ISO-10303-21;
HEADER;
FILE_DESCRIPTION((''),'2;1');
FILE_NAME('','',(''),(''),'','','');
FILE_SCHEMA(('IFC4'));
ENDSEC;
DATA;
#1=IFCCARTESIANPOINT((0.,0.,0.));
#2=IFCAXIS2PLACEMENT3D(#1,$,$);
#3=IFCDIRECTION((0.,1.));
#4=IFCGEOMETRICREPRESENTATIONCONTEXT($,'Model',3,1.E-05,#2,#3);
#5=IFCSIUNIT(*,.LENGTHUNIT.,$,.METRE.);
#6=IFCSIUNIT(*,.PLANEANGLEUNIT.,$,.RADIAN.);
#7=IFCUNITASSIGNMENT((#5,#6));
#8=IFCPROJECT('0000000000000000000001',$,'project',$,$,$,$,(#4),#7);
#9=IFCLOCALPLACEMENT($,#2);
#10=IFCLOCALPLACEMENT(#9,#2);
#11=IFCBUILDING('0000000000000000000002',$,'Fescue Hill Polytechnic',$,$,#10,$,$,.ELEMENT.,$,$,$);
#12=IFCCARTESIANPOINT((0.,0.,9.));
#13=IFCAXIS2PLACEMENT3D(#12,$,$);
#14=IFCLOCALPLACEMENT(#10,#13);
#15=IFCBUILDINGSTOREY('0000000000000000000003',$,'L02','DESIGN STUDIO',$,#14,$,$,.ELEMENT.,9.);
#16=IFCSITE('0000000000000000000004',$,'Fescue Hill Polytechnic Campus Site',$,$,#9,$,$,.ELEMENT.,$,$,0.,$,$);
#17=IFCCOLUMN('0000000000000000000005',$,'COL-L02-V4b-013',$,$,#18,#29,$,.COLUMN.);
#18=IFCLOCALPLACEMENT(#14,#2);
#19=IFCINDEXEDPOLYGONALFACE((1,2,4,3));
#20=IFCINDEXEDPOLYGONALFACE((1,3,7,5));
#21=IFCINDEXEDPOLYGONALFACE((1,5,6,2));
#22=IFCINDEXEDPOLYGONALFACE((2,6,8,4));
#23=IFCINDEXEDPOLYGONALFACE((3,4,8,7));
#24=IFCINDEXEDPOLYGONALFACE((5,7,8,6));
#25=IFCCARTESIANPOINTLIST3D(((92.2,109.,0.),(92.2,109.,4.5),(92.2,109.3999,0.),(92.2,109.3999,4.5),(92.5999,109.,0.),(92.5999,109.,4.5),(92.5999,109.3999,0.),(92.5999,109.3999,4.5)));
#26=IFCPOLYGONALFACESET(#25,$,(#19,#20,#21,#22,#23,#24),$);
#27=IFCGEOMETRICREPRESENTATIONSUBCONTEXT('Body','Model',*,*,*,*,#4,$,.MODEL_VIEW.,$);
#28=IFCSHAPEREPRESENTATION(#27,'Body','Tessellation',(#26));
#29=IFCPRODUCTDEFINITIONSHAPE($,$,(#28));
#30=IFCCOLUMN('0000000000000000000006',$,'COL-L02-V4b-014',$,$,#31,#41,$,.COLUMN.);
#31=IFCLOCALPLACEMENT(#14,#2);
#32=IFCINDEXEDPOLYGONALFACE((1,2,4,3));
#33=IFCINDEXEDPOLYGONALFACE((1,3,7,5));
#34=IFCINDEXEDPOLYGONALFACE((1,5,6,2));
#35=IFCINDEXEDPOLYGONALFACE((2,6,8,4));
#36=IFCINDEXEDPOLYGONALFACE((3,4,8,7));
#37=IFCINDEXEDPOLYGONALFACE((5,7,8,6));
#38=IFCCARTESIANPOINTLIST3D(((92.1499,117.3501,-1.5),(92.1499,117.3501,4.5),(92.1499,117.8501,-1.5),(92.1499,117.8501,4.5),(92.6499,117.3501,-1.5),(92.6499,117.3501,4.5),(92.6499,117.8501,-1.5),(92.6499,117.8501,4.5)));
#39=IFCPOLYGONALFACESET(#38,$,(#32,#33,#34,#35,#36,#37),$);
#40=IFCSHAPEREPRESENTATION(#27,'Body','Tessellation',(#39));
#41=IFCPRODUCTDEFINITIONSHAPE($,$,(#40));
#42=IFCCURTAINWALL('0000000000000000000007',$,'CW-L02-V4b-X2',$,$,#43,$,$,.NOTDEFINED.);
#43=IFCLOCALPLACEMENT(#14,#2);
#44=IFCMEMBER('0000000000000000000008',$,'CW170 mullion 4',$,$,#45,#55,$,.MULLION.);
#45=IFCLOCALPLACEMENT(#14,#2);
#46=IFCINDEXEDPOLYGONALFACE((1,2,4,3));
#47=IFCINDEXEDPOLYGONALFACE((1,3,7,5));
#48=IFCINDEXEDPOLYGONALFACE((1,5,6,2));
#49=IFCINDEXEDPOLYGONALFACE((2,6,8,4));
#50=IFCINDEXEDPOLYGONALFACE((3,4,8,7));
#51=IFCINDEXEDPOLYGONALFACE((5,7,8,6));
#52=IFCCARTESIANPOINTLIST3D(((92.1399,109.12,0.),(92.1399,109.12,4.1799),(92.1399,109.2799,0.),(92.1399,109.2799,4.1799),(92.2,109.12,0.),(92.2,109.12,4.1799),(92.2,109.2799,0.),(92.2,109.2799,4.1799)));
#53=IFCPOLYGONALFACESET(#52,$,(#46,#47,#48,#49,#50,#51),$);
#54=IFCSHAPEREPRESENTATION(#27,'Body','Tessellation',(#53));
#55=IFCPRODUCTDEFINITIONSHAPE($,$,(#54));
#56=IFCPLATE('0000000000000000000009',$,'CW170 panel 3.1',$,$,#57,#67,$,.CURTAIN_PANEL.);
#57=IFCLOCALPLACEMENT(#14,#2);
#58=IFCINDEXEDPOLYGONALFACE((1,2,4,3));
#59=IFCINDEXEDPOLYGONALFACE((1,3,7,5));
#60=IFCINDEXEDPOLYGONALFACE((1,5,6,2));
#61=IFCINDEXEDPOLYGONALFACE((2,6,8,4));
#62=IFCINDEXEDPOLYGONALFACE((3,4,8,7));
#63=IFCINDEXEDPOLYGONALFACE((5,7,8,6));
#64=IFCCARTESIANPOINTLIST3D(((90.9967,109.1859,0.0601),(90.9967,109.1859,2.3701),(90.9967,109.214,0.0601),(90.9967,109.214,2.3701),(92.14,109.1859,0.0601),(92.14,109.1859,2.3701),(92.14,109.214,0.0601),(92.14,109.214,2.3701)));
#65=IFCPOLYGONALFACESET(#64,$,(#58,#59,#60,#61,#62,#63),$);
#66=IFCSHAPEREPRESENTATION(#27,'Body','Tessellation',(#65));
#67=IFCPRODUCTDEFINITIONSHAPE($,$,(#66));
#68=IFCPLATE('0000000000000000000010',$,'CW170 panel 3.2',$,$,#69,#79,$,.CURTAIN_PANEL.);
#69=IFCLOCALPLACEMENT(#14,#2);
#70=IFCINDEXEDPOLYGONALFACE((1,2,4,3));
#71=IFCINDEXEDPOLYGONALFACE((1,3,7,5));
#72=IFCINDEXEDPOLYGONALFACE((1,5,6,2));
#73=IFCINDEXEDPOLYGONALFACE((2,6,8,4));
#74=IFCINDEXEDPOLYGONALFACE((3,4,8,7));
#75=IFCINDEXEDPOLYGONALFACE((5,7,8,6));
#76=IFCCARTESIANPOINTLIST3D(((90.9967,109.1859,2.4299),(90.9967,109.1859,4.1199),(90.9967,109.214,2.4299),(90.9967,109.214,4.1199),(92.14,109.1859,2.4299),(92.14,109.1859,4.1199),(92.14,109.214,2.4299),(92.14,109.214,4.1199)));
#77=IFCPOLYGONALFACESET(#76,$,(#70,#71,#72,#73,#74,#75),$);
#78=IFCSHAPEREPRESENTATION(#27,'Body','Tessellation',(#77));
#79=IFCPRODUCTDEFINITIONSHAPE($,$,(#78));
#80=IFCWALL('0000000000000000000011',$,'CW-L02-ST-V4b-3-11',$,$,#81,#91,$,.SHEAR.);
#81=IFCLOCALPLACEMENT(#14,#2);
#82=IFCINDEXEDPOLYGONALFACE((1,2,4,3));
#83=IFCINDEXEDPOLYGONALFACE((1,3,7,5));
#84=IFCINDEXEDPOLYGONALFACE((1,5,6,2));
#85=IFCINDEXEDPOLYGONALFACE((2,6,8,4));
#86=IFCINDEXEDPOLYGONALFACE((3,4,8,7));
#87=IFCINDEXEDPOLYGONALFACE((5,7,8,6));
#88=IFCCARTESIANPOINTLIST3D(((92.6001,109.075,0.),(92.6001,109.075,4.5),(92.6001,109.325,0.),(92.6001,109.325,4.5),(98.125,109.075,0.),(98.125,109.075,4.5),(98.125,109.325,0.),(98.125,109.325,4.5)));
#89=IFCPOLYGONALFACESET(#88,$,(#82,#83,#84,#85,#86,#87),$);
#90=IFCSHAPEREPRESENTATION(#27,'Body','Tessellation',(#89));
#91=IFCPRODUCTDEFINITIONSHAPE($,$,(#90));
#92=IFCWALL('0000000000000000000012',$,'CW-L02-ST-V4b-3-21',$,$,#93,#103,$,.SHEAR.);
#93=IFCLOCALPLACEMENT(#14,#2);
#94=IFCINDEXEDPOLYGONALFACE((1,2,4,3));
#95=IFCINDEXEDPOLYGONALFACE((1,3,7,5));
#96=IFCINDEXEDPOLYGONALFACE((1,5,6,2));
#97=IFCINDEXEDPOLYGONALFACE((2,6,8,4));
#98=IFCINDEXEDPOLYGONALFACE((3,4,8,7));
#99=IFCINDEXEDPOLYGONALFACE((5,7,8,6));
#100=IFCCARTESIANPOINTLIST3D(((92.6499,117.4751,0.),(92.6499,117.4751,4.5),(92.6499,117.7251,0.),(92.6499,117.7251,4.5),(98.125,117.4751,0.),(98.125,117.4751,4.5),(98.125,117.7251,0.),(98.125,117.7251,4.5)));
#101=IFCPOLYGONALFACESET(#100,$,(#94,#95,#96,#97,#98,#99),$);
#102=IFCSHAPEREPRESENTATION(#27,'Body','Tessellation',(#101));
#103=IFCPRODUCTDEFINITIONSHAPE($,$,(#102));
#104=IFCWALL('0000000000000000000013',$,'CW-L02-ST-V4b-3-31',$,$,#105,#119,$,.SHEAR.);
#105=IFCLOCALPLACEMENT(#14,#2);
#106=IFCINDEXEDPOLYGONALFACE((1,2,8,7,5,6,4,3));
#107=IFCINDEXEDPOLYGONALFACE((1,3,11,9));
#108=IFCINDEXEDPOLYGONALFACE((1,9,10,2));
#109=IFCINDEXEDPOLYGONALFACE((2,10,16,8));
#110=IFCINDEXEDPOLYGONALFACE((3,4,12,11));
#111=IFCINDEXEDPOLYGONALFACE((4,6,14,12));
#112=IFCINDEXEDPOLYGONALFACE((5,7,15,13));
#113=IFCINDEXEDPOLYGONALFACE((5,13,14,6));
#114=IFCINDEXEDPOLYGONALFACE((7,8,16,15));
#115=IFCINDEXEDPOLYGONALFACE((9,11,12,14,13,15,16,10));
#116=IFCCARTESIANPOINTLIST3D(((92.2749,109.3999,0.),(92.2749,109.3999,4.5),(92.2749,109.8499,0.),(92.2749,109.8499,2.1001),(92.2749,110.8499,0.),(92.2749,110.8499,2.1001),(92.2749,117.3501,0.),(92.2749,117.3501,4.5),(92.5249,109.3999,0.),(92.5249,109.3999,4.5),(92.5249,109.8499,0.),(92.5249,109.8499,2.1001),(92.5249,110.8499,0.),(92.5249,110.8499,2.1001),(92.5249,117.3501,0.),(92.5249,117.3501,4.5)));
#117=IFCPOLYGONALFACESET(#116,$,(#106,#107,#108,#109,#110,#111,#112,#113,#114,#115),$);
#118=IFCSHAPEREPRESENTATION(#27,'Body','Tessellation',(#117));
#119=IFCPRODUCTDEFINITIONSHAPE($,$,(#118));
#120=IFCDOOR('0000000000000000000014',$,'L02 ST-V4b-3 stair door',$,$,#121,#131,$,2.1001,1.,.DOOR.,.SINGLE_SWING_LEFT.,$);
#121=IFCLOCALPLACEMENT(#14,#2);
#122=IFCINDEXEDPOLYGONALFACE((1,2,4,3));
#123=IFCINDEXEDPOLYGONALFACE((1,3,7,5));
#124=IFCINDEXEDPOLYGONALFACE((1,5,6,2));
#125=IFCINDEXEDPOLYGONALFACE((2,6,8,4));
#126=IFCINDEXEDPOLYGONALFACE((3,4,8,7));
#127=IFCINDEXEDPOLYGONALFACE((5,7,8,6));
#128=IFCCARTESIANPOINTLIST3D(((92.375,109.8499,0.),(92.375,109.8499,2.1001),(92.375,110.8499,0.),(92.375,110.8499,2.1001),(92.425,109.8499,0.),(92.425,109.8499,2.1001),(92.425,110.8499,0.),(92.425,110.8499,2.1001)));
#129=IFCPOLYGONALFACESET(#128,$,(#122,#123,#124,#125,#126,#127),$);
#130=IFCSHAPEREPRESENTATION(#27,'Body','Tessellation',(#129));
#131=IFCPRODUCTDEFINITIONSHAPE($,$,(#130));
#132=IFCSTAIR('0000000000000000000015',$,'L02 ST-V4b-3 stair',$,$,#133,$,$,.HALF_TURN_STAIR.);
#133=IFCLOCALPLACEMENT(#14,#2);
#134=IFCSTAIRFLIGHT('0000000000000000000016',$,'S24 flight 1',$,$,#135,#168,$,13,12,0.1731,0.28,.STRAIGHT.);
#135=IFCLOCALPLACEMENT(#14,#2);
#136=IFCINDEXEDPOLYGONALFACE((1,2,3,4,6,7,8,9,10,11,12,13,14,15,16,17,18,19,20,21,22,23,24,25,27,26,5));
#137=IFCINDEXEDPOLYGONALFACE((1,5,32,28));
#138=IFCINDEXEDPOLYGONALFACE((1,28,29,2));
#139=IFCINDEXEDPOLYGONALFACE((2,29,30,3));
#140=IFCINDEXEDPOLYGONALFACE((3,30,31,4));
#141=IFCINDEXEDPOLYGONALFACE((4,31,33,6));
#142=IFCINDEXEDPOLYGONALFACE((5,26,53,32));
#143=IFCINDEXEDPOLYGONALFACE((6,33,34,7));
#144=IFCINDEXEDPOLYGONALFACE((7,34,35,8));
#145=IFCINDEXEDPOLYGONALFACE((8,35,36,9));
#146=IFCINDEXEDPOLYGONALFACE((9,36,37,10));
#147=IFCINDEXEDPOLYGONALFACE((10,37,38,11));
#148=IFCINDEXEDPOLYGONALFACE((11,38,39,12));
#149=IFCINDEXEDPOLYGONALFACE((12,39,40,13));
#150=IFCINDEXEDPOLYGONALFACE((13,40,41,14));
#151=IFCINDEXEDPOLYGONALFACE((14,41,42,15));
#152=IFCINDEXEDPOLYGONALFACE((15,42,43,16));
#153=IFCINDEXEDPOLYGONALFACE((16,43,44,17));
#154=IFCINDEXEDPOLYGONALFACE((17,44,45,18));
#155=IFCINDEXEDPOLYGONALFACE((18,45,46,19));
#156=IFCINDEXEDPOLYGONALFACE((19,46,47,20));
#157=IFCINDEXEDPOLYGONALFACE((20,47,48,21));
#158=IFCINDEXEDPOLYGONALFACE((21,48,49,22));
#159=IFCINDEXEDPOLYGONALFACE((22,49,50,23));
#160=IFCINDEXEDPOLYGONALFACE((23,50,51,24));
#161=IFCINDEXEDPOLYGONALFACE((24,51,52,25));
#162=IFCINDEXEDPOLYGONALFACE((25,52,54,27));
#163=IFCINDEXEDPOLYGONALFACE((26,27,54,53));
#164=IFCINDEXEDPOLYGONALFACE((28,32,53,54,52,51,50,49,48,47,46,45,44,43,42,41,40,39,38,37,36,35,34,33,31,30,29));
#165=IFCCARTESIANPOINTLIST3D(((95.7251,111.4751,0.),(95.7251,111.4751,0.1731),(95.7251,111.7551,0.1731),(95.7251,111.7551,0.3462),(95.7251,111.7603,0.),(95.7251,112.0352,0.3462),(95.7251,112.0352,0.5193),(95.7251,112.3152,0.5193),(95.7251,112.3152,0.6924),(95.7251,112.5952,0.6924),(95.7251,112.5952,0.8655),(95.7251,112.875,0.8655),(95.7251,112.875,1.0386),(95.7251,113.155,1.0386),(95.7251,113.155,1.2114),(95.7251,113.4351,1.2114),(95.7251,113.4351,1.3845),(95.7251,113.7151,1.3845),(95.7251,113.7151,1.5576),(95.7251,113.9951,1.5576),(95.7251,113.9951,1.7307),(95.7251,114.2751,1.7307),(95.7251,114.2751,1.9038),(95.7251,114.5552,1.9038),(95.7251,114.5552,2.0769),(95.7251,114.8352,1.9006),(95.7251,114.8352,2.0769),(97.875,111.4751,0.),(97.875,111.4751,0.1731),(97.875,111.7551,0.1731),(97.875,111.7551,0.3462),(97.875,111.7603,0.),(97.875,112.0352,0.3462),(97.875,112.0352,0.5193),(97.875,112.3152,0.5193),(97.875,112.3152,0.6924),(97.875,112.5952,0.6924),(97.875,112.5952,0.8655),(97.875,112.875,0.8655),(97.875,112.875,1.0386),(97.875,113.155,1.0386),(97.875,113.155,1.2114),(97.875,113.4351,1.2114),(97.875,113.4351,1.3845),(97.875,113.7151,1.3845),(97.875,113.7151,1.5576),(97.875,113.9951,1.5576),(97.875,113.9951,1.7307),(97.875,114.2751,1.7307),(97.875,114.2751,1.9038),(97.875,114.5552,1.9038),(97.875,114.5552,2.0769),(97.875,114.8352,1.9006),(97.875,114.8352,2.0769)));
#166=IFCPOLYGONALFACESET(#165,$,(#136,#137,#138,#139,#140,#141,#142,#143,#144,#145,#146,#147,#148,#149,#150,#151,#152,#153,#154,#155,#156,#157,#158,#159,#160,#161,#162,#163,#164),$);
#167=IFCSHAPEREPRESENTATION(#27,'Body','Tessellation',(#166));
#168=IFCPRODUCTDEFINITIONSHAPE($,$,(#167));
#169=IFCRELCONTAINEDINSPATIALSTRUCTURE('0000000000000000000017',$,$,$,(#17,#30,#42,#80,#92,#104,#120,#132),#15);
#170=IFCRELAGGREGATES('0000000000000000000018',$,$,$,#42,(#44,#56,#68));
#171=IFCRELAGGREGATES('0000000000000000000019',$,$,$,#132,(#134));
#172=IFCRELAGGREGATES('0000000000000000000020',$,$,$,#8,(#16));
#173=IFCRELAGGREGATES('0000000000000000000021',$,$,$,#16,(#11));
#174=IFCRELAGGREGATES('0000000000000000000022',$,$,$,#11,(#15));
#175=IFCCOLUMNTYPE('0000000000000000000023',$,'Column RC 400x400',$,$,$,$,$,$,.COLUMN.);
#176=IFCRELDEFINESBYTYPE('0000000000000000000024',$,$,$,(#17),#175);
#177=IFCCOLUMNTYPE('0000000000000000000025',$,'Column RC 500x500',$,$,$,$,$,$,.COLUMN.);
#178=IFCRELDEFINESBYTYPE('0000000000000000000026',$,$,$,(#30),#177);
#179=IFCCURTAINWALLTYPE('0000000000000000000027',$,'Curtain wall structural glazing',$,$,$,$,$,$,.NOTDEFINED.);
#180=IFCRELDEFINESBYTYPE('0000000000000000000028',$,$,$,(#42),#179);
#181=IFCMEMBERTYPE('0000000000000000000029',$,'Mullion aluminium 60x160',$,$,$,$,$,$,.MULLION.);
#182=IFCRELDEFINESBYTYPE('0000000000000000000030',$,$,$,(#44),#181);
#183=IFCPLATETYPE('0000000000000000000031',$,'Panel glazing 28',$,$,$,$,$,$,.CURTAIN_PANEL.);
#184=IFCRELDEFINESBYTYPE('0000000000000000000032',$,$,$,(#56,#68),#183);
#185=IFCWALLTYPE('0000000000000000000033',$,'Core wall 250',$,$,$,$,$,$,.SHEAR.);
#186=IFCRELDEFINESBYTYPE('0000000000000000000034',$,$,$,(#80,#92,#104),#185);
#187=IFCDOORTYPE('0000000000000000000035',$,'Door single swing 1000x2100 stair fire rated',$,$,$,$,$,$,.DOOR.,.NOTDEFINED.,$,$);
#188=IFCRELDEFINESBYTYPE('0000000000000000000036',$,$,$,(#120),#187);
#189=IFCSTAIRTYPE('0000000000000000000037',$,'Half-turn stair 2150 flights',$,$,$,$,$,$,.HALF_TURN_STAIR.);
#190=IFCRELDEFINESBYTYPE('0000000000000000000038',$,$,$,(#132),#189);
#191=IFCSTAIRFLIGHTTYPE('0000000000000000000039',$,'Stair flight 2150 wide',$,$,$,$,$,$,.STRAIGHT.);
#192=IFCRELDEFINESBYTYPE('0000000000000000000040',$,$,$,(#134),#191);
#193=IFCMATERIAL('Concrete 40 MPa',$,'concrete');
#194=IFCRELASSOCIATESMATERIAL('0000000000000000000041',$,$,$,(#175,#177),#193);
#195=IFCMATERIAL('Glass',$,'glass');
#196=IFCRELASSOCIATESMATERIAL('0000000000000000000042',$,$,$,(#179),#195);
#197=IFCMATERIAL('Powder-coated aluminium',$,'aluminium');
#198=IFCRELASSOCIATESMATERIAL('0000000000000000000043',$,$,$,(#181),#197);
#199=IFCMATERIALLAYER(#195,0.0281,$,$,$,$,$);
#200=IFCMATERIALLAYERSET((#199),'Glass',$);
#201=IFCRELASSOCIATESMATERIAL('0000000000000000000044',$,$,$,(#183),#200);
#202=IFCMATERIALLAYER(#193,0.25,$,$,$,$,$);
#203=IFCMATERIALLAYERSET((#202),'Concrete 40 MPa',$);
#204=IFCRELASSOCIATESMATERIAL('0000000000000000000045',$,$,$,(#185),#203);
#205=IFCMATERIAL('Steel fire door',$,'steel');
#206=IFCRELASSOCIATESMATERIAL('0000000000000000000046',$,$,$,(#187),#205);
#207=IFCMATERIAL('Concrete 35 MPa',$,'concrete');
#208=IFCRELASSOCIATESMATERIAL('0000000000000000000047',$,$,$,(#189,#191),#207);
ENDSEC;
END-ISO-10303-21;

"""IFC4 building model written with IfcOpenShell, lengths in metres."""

from ifc_helpers import new_model, si_unit, direction, frame, frame_2d, origin, origin_2d, place, context, subcontext, project, spatial, polyline, rectangle, outline, extrude, material, layer, layer_set, material_profile, profile_set, type_object, element, fill, aggregate, save


model = new_model("IFC4")

# Units and contexts
model_context = context("Model", 3, precision=1e-05, world=origin(), true_north=direction((0.0, 1.0)))
body_context = subcontext(model_context, "Body", "Model", "MODEL_VIEW")
ifc_project = project(units=[si_unit("LENGTHUNIT", "METRE"), si_unit("PLANEANGLEUNIT", "RADIAN")], contexts=[model_context])

# Site, building, storey
site_placement = place(None, origin())
site = spatial("IfcSite", under=ifc_project, at=site_placement, Name="Fescue Hill Polytechnic Campus Site", CompositionType="ELEMENT", RefElevation=0.0)
building_placement = place(site_placement, origin())
building = spatial("IfcBuilding", under=site, at=building_placement, Name="Fescue Hill Polytechnic", CompositionType="ELEMENT")
storey_placement = place(building_placement, frame((0.0, 0.0, 9.0)))
storey = spatial("IfcBuildingStorey", under=building, at=storey_placement, Name="L02", Description="DESIGN STUDIO", CompositionType="ELEMENT", Elevation=9.0)

# Columns
ifc_material_1 = material(Name="Concrete 40 MPa", Category="concrete")
ifc_material_profile_1 = material_profile(ifc_material_1, rectangle(XDim=0.3999, YDim=0.3999, at=origin_2d()), Name="RC 400x400")
ifc_profile_set_1 = profile_set([ifc_material_profile_1], Name="Concrete 40 MPa")
column_type_1 = type_object("IfcColumnType", Name="Column RC 400x400", PredefinedType="COLUMN", material=ifc_profile_set_1)
column_1_placement = place(storey_placement, frame((92.3999, 109.2, 0.0), z_axis=(0.0, 0.0, 1.0), x_axis=(1.0, 0.0, 0.0)))
element("IfcColumn", 1, at=column_1_placement, inside=storey, type_object=column_type_1, Name="COL-L02-V4b-013", PredefinedType="COLUMN", context=body_context, shape_type="SweptSolid", body=[
    extrude(rectangle(XDim=0.3999, YDim=0.3999, at=origin_2d()), origin(), (0.0, 0.0, 1.0), 4.5),
])
ifc_material_profile_2 = material_profile(ifc_material_1, rectangle(XDim=0.5, YDim=0.5, at=origin_2d()), Name="RC 500x500")
ifc_profile_set_2 = profile_set([ifc_material_profile_2], Name="Concrete 40 MPa")
column_type_2 = type_object("IfcColumnType", Name="Column RC 500x500", PredefinedType="COLUMN", material=ifc_profile_set_2)
column_2_placement = place(storey_placement, frame((92.3999, 117.6001, -1.5), z_axis=(0.0, 0.0, 1.0), x_axis=(1.0, 0.0, 0.0)))
element("IfcColumn", 2, at=column_2_placement, inside=storey, type_object=column_type_2, Name="COL-L02-V4b-014", PredefinedType="COLUMN", context=body_context, shape_type="SweptSolid", body=[
    extrude(rectangle(XDim=0.5, YDim=0.5, at=origin_2d()), origin(), (0.0, 0.0, 1.0), 6.0),
])

# Curtain wall, member, plates
ifc_material_2 = material(Name="Glass", Category="glass")
curtain_wall_type = type_object("IfcCurtainWallType", Name="Curtain wall structural glazing", PredefinedType="NOTDEFINED", material=ifc_material_2)
curtain_wall_placement = place(storey_placement, origin())
curtain_wall = element("IfcCurtainWall", 3, at=curtain_wall_placement, inside=storey, type_object=curtain_wall_type, Name="CW-L02-V4b-X2", PredefinedType="NOTDEFINED")
ifc_material_3 = material(Name="Powder-coated aluminium", Category="aluminium")
ifc_material_profile_3 = material_profile(ifc_material_3, rectangle(XDim=0.1599, YDim=0.0601, at=origin_2d()), Name="Mullion aluminium 60x160")
ifc_profile_set_3 = profile_set([ifc_material_profile_3], Name="Powder-coated aluminium")
member_type = type_object("IfcMemberType", Name="Mullion aluminium 60x160", PredefinedType="MULLION", material=ifc_profile_set_3)
member_placement = place(storey_placement, frame((92.1699, 109.2, 0.0), z_axis=(0.0, 0.0, 1.0), x_axis=(0.0, 1.0, 0.0)))
member = element("IfcMember", 4, at=member_placement, type_object=member_type, Name="CW170 mullion 4", PredefinedType="MULLION", context=body_context, shape_type="SweptSolid", body=[
    extrude(rectangle(XDim=0.1599, YDim=0.0601, at=origin_2d()), origin(), (0.0, 0.0, 1.0), 4.1799),
])
ifc_layer_1 = layer(ifc_material_2, 0.0281)
ifc_layer_set_1 = layer_set([ifc_layer_1], Name="Glass")
plate_type = type_object("IfcPlateType", Name="Panel glazing 28", PredefinedType="CURTAIN_PANEL", material=ifc_layer_set_1)
plate_1_placement = place(storey_placement, frame((91.5684, 109.2, 0.0601), z_axis=(0.0, 0.0, 1.0), x_axis=(1.0, 0.0, 0.0)))
plate_1 = element("IfcPlate", 5, at=plate_1_placement, type_object=plate_type, Name="CW170 panel 3.1", PredefinedType="CURTAIN_PANEL", context=body_context, shape_type="SweptSolid", body=[
    extrude(rectangle(XDim=1.1433, YDim=0.0281, at=origin_2d()), origin(), (0.0, 0.0, 1.0), 2.3101),
])
plate_2_placement = place(storey_placement, frame((91.5684, 109.2, 2.4299), z_axis=(0.0, 0.0, 1.0), x_axis=(1.0, 0.0, 0.0)))
plate_2 = element("IfcPlate", 6, at=plate_2_placement, type_object=plate_type, Name="CW170 panel 3.2", PredefinedType="CURTAIN_PANEL", context=body_context, shape_type="SweptSolid", body=[
    extrude(rectangle(XDim=1.1433, YDim=0.0281, at=origin_2d()), origin(), (0.0, 0.0, 1.0), 1.6899),
])
aggregate(curtain_wall, [member, plate_1, plate_2])

# Walls
ifc_layer_2 = layer(ifc_material_1, 0.25)
ifc_layer_set_2 = layer_set([ifc_layer_2], Name="Concrete 40 MPa")
wall_type = type_object("IfcWallType", Name="Core wall 250", PredefinedType="SHEAR", material=ifc_layer_set_2)
wall_1_placement = place(storey_placement, frame((92.6001, 109.2, 0.0), z_axis=(0.0, 0.0, 1.0), x_axis=(1.0, 0.0, 0.0)))
element("IfcWall", 7, at=wall_1_placement, inside=storey, type_object=wall_type, Name="CW-L02-ST-V4b-3-11", PredefinedType="SHEAR", context=body_context, shape_type="SweptSolid", body=[
    extrude(rectangle(XDim=5.5249, YDim=0.25, at=frame_2d((2.7625, 0.0))), origin(), (0.0, 0.0, 1.0), 4.5),
])
wall_2_placement = place(storey_placement, frame((92.6499, 117.6001, 0.0), z_axis=(0.0, 0.0, 1.0), x_axis=(1.0, 0.0, 0.0)))
element("IfcWall", 8, at=wall_2_placement, inside=storey, type_object=wall_type, Name="CW-L02-ST-V4b-3-21", PredefinedType="SHEAR", context=body_context, shape_type="SweptSolid", body=[
    extrude(rectangle(XDim=5.4751, YDim=0.25, at=frame_2d((2.7375, 0.0))), origin(), (0.0, 0.0, 1.0), 4.5),
])

# Wall, opening, door
wall_3_placement = place(storey_placement, frame((92.3999, 109.3999, 0.0), z_axis=(0.0, 0.0, 1.0), x_axis=(0.0, 1.0, 0.0)))
wall_3 = element("IfcWall", 9, at=wall_3_placement, inside=storey, type_object=wall_type, Name="CW-L02-ST-V4b-3-31", PredefinedType="SHEAR", context=body_context, shape_type="SweptSolid", body=[
    extrude(rectangle(XDim=7.9502, YDim=0.25, at=frame_2d((3.9751, 0.0))), origin(), (0.0, 0.0, 1.0), 4.5),
])
opening_placement = place(wall_3_placement, frame((0.45, 0.0, 0.0)))
opening = element("IfcOpeningElement", 10, at=opening_placement, cuts=wall_3, PredefinedType="OPENING", context=body_context, shape_type="SweptSolid", body=[
    extrude(rectangle(XDim=1.0, YDim=2.1001, at=frame_2d((0.5, 1.05))), frame((0.0, 0.135, 0.0), z_axis=(0.0, -1.0, 0.0), x_axis=(1.0, 0.0, 0.0)), (0.0, 0.0, 1.0), 0.27),
])
ifc_material_4 = material(Name="Steel fire door", Category="steel")
door_type = type_object("IfcDoorType", Name="Door single swing 1000x2100 stair fire rated", OperationType="NOTDEFINED", PredefinedType="DOOR", material=ifc_material_4)
door_placement = place(opening_placement, origin())
door = element("IfcDoor", 11, at=door_placement, inside=storey, type_object=door_type, Name="L02 ST-V4b-3 stair door", OperationType="SINGLE_SWING_LEFT", OverallHeight=2.1001, OverallWidth=1.0, PredefinedType="DOOR", context=body_context, shape_type="SweptSolid", body=[
    extrude(rectangle(XDim=1.0, YDim=2.1001, at=frame_2d((0.5, 1.05))), frame((0.0, 0.0249, 0.0), z_axis=(0.0, -1.0, 0.0), x_axis=(1.0, 0.0, 0.0)), (0.0, 0.0, 1.0), 0.05),
])
fill(opening, door)

# Stair, stair flight
ifc_material_5 = material(Name="Concrete 35 MPa", Category="concrete")
stair_type = type_object("IfcStairType", Name="Half-turn stair 2150 flights", PredefinedType="HALF_TURN_STAIR", material=ifc_material_5)
stair_placement = place(storey_placement, origin())
stair = element("IfcStair", 12, at=stair_placement, inside=storey, type_object=stair_type, Name="L02 ST-V4b-3 stair", PredefinedType="HALF_TURN_STAIR")
stair_flight_type = type_object("IfcStairFlightType", Name="Stair flight 2150 wide", PredefinedType="STRAIGHT", material=ifc_material_5)
stair_flight_1_placement = place(storey_placement, frame((96.8, 111.4751, 0.0), z_axis=(0.0, 0.0, 1.0), x_axis=(0.0, 1.0, 0.0)))
stair_flight_1 = element("IfcStairFlight", 13, at=stair_flight_1_placement, type_object=stair_flight_type, Name="S24 flight 1", NumberOfRisers=13, NumberOfTreads=12, PredefinedType="STRAIGHT", RiserHeight=0.1731, TreadLength=0.28, context=body_context, shape_type="SweptSolid", body=[
    extrude(outline(polyline([(0.0, 0.0), (0.0, 0.1731), (0.28, 0.1731), (0.28, 0.3462), (0.5601, 0.3462), (0.5601, 0.5193), (0.8401, 0.5193), (0.8401, 0.6924), (1.1201, 0.6924), (1.1201, 0.8655), (1.3999, 0.8655), (1.3999, 1.0386), (1.6799, 1.0386), (1.6799, 1.2114), (1.96, 1.2114), (1.96, 1.3845), (2.24, 1.3845), (2.24, 1.5576), (2.52, 1.5576), (2.52, 1.7307), (2.8, 1.7307), (2.8, 1.9038), (3.0801, 1.9038), (3.0801, 2.0769), (3.3601, 2.0769), (3.3601, 2.25), (3.3601, 1.9006), (0.2852, 0.0), (0.0, 0.0)])), frame((0.0, 1.075, 0.0), z_axis=(0.0, -1.0, 0.0), x_axis=(1.0, 0.0, 0.0)), (0.0, 0.0, 1.0), 2.1499),
])
aggregate(stair, [stair_flight_1])

save(model, "model.ifc")
